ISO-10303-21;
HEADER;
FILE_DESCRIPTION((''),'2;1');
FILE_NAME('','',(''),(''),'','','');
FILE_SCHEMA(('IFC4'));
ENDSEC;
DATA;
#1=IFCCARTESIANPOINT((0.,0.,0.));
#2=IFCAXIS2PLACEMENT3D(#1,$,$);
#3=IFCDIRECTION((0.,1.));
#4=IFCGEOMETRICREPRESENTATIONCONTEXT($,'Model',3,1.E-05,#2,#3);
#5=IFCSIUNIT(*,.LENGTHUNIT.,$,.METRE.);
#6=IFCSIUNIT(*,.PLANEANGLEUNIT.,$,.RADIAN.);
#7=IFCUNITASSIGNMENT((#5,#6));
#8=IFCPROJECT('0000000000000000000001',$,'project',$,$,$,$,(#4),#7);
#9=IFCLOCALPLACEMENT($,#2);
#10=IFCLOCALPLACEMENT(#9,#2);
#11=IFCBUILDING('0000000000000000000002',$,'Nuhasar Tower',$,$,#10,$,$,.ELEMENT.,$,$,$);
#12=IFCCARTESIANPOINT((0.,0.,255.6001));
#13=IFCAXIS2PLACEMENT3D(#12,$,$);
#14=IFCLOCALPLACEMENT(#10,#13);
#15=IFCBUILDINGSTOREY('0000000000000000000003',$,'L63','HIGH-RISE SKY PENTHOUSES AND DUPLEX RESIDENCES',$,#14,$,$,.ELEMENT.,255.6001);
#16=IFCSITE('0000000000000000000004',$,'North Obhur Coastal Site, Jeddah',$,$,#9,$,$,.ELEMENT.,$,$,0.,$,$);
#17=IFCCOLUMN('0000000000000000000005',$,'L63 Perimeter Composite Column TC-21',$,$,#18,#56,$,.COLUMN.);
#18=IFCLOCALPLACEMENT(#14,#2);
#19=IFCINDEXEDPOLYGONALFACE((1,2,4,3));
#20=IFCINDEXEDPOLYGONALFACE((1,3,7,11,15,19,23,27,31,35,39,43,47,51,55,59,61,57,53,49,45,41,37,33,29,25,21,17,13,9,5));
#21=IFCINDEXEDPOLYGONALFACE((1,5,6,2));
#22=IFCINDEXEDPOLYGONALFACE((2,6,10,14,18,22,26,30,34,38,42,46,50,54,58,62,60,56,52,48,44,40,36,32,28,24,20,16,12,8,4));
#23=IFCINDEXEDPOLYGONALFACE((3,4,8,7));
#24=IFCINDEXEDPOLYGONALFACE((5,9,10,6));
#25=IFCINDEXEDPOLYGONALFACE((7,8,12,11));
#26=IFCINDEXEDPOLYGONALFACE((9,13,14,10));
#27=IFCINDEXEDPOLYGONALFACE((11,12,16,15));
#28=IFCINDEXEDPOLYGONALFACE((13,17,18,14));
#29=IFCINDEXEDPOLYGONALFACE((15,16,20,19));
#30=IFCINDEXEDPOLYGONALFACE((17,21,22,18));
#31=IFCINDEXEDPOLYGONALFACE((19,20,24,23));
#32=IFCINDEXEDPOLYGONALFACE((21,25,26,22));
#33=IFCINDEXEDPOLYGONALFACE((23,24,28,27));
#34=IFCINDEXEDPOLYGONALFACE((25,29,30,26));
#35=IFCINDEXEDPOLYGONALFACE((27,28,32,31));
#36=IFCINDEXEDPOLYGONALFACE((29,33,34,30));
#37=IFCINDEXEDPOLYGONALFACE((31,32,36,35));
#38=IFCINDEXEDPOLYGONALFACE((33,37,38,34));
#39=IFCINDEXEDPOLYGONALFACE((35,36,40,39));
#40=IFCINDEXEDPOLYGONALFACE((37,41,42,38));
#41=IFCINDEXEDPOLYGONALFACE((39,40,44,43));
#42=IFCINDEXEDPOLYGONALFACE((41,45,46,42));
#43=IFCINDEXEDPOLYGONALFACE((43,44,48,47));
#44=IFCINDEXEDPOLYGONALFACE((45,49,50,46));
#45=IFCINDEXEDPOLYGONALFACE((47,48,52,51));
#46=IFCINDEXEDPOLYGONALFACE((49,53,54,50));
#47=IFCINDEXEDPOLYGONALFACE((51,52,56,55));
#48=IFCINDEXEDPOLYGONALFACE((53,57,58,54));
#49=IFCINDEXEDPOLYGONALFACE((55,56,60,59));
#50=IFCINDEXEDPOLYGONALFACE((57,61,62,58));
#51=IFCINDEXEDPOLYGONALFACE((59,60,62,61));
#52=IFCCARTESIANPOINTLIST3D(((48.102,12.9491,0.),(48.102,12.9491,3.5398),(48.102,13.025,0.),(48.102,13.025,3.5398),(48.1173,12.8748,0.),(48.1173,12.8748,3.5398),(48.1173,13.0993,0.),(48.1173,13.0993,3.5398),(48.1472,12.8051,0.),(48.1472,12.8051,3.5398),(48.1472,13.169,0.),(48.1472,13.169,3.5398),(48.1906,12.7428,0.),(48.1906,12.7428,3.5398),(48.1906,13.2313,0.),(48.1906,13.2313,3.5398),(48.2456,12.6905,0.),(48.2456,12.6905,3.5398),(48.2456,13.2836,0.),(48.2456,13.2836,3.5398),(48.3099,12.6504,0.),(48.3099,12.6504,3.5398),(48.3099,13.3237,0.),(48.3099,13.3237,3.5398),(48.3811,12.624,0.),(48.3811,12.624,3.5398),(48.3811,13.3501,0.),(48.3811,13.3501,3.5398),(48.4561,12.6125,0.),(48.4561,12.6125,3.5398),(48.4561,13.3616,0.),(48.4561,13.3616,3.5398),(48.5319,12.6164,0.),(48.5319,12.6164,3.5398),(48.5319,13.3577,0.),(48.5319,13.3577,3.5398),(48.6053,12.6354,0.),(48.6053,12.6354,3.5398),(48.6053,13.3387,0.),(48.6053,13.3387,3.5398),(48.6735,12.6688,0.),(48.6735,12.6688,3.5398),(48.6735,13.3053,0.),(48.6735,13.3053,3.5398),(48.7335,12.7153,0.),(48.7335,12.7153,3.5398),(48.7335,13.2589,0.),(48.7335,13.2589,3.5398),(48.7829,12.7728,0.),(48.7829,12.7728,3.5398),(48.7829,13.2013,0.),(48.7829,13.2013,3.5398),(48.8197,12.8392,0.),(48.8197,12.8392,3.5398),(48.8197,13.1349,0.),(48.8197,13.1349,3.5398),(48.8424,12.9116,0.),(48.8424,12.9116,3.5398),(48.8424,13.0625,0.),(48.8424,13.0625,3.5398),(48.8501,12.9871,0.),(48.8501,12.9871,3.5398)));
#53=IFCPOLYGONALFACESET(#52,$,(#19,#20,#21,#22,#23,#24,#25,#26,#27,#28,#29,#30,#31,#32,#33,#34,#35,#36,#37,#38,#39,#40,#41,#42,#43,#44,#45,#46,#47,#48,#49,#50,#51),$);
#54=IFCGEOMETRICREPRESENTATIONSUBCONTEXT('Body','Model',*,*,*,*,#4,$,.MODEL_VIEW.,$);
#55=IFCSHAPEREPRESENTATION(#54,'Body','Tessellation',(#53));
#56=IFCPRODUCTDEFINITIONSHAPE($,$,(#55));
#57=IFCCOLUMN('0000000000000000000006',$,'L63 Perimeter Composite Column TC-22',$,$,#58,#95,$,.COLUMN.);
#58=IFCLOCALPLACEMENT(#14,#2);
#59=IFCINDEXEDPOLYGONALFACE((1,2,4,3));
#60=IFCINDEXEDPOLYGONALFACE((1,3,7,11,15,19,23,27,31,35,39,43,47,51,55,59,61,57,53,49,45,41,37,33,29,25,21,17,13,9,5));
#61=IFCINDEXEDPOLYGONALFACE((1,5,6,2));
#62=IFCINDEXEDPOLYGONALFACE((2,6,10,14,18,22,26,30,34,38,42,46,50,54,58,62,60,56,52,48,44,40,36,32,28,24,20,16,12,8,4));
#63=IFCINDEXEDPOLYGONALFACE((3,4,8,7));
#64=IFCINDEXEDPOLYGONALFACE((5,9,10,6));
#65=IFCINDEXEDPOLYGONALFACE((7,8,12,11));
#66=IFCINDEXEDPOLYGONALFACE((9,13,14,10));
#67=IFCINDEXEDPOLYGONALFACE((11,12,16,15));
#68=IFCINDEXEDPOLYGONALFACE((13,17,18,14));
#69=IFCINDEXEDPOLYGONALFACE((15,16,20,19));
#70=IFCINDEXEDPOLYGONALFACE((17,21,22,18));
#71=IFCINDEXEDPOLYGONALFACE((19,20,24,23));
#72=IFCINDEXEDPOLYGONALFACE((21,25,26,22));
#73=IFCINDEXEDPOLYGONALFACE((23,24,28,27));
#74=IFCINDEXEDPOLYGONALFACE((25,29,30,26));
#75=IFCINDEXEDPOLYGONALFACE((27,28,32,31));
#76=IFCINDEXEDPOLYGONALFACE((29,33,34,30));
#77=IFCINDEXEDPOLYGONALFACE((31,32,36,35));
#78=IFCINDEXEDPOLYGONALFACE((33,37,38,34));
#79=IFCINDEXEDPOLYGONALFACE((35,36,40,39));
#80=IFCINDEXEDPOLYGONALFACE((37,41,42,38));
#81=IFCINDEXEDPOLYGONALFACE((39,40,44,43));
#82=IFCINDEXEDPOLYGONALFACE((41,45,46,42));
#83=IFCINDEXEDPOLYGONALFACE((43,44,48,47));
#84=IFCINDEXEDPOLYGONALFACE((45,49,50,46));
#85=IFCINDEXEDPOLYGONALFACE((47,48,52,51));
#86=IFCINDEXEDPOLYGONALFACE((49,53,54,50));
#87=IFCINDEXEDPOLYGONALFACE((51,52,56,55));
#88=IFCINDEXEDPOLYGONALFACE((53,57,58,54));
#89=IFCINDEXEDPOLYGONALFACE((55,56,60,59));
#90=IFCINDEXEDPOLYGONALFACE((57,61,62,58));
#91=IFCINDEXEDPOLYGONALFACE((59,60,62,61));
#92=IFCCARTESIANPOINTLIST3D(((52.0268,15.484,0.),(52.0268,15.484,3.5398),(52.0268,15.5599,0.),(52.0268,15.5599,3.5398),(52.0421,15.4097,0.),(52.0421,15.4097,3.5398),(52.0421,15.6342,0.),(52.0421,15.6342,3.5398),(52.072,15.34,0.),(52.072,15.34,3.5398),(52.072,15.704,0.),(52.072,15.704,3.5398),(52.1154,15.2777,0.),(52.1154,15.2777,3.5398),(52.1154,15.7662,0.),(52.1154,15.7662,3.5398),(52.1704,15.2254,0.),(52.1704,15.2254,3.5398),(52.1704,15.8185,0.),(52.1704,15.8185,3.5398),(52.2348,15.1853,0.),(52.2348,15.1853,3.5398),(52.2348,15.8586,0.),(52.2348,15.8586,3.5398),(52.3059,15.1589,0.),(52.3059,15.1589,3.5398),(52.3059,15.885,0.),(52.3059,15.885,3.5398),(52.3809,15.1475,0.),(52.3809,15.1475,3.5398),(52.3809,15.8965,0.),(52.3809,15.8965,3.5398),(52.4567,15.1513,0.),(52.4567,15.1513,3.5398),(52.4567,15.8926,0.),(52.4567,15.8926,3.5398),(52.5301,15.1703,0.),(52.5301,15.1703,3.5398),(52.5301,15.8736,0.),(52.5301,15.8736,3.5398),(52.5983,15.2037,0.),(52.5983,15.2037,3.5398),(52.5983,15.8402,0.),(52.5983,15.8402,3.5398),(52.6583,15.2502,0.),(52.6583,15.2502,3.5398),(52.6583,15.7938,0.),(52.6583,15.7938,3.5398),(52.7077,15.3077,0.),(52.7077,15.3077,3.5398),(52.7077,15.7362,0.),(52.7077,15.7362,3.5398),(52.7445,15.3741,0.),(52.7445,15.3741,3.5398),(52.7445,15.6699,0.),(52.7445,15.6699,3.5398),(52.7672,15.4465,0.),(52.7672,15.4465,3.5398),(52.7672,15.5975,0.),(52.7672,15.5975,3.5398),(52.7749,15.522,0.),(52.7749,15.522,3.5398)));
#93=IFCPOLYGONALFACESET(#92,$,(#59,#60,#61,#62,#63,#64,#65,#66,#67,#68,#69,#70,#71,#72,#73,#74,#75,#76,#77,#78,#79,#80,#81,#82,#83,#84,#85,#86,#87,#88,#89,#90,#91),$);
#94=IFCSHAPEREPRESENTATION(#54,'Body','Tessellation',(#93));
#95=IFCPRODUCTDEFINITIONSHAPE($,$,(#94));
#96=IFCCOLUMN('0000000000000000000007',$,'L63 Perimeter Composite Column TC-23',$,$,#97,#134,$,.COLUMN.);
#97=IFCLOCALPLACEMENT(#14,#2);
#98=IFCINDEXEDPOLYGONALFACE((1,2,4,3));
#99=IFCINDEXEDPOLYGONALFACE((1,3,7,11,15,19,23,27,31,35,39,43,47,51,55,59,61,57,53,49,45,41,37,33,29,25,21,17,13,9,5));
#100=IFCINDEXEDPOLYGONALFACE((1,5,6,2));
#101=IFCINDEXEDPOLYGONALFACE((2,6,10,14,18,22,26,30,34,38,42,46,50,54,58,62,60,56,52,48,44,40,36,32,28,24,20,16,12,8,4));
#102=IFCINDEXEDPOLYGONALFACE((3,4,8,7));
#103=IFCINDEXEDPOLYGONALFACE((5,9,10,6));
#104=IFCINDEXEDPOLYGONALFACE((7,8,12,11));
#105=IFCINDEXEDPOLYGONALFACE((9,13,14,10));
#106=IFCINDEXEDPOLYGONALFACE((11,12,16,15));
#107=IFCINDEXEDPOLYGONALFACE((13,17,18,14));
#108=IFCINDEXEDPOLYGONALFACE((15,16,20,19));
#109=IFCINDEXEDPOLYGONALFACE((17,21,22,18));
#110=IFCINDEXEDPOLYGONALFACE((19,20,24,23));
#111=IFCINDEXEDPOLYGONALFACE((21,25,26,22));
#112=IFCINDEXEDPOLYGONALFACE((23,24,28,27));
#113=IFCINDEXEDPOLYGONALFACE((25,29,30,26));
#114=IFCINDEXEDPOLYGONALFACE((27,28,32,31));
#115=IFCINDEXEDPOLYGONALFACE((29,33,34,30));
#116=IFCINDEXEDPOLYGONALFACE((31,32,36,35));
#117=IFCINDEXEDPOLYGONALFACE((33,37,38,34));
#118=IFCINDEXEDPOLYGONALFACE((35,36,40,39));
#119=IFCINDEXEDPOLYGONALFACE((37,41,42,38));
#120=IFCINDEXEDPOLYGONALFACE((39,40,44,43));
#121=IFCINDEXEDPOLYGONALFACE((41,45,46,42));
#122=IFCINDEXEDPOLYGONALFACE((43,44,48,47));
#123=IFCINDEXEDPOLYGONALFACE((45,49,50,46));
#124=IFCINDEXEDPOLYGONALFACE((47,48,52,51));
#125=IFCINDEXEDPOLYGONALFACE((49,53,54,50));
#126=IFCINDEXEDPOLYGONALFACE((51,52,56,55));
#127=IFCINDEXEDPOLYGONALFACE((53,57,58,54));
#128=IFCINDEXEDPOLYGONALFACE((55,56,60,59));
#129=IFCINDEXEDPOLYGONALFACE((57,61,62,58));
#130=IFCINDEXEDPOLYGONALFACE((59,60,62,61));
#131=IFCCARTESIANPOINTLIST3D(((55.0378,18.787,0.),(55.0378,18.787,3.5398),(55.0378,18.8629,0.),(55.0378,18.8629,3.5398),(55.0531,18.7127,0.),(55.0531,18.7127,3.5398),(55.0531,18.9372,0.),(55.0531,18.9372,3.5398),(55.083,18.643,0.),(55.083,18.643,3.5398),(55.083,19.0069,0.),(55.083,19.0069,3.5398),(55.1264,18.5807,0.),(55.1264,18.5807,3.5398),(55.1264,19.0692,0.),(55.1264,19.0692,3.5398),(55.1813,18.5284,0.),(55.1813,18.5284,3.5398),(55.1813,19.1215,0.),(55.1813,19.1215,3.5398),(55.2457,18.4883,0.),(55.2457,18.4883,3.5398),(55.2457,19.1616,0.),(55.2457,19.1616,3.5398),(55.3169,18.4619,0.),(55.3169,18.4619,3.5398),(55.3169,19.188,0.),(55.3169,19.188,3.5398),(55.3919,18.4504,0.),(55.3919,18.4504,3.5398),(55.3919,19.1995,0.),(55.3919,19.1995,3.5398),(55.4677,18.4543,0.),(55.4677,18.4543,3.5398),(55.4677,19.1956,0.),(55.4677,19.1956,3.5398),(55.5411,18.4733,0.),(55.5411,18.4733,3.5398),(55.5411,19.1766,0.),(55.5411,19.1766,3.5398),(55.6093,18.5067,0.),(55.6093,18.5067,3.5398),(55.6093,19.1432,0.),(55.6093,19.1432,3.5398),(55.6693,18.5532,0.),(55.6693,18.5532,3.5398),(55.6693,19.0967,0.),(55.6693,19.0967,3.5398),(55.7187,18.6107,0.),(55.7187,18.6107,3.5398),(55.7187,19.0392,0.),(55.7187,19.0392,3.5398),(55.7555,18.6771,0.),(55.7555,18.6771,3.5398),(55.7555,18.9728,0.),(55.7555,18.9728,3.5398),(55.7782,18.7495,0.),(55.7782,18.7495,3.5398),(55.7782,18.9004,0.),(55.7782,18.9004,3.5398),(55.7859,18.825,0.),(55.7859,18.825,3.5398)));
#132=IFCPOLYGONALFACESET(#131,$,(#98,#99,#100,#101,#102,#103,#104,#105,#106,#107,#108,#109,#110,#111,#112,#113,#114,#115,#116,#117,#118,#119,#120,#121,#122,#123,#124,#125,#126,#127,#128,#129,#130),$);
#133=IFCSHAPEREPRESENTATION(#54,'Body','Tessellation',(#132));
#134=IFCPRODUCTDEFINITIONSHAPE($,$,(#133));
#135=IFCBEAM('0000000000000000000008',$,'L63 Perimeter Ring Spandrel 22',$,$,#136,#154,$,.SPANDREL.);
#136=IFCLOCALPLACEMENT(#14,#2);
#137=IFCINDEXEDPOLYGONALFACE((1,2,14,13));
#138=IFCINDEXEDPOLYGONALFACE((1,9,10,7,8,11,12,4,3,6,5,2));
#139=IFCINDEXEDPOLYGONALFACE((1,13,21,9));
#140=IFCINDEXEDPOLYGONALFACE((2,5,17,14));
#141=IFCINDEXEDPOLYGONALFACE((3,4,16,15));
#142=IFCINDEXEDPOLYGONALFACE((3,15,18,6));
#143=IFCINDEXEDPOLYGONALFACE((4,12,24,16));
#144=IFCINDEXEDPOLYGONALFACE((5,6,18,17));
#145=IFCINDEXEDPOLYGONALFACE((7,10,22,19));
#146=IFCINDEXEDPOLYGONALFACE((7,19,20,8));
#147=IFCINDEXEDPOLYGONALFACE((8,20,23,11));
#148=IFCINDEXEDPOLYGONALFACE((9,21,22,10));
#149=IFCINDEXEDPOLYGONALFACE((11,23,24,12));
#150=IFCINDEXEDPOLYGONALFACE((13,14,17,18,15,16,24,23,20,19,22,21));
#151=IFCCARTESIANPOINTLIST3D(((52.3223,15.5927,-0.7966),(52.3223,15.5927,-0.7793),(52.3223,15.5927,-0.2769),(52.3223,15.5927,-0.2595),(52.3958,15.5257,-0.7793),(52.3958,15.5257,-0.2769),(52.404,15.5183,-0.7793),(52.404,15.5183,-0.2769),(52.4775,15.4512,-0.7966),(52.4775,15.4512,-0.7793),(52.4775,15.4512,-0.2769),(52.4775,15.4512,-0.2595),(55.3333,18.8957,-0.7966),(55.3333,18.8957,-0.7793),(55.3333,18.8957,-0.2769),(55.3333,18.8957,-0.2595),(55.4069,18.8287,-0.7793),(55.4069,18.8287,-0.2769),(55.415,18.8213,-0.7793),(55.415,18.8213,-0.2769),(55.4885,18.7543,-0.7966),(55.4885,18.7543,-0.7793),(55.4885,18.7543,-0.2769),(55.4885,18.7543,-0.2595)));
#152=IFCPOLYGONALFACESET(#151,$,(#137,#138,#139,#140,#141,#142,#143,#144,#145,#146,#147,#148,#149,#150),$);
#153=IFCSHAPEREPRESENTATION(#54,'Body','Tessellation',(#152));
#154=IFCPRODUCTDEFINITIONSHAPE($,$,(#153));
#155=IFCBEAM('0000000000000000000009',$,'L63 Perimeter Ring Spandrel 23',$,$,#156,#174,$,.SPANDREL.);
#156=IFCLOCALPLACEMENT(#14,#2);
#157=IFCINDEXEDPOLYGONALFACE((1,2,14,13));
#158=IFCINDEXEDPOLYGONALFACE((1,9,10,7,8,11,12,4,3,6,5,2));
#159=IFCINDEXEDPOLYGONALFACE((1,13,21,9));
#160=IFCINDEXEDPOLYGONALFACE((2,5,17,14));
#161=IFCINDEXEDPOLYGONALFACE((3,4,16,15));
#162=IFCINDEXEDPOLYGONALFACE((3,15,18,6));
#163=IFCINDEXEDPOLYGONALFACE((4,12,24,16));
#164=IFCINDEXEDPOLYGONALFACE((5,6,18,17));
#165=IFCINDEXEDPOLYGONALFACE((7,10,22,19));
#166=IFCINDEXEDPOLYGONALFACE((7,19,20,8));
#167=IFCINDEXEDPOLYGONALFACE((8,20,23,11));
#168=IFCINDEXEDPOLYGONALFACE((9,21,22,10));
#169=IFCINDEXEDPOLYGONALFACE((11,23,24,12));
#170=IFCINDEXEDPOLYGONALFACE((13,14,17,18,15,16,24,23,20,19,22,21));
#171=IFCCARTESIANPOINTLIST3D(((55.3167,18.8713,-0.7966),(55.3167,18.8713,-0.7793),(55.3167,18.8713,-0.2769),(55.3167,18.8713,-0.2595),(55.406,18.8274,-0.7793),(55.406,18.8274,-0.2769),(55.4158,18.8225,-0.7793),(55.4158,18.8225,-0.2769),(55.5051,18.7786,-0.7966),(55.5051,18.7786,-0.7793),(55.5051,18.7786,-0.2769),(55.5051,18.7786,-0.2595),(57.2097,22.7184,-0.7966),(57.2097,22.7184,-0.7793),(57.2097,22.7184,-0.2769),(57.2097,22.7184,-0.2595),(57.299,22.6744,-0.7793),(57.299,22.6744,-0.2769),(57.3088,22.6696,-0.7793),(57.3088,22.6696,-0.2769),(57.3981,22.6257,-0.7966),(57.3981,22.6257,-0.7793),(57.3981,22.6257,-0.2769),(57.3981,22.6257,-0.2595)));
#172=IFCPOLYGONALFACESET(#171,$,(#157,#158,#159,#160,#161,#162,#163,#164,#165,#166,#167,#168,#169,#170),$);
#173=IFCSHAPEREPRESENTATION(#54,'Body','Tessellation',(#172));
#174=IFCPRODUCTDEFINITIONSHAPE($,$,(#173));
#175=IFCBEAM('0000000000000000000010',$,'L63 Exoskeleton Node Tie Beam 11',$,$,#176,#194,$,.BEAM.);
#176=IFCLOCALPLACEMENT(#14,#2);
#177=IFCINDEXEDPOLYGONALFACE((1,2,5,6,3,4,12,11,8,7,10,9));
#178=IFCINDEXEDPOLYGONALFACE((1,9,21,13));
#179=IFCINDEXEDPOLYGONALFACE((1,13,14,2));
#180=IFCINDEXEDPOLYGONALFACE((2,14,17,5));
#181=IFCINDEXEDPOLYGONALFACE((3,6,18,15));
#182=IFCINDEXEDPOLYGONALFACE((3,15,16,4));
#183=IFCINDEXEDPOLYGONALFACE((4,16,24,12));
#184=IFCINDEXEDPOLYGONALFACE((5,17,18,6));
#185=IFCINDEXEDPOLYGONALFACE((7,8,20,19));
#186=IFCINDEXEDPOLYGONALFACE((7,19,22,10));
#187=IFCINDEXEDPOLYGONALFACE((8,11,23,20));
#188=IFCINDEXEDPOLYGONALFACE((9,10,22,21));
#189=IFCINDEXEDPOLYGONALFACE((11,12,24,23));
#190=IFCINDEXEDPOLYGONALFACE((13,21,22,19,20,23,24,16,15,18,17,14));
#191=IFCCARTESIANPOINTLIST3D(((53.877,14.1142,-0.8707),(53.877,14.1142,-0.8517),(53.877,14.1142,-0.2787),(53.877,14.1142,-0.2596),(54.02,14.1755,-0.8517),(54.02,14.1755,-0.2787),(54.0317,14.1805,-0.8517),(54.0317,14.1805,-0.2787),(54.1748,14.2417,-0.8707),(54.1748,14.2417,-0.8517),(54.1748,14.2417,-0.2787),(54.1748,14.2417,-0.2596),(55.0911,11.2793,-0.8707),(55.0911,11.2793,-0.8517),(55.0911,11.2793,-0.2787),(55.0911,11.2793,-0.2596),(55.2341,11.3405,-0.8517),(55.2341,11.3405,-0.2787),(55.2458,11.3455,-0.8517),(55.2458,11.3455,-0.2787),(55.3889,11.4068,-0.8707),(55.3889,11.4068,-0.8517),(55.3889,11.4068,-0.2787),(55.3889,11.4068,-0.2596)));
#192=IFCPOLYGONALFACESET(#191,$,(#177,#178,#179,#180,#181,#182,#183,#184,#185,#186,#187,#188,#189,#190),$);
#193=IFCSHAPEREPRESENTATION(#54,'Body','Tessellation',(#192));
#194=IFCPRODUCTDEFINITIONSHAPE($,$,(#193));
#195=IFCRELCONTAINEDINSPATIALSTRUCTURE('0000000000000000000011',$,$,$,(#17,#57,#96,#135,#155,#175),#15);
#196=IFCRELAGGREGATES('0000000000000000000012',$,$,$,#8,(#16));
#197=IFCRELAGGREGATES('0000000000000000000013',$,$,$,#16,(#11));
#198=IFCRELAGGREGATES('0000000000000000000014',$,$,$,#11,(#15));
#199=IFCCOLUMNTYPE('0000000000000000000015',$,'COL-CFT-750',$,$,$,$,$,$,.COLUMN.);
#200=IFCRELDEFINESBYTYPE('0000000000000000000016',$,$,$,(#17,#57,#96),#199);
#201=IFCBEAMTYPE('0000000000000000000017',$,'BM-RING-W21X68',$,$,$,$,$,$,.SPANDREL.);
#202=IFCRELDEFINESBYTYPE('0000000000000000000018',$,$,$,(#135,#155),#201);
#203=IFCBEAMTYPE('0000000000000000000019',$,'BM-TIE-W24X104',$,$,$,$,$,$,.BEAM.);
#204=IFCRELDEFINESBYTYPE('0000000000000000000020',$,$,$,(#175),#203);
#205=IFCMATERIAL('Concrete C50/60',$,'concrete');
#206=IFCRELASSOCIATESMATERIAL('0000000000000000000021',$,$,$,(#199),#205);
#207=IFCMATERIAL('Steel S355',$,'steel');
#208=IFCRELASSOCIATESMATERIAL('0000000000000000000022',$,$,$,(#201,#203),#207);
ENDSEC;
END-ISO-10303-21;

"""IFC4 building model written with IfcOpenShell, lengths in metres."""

from ifc_helpers import new_model, si_unit, direction, frame, origin, origin_2d, place, context, subcontext, project, spatial, circle, i_section, extrude, material, material_profile, profile_set, type_object, element, save


model = new_model("IFC4")

# Units and contexts
model_context = context("Model", 3, precision=1e-05, world=origin(), true_north=direction((0.0, 1.0)))
body_context = subcontext(model_context, "Body", "Model", "MODEL_VIEW")
ifc_project = project(units=[si_unit("LENGTHUNIT", "METRE"), si_unit("PLANEANGLEUNIT", "RADIAN")], contexts=[model_context])

# Site, building, storey
site_placement = place(None, origin())
site = spatial("IfcSite", under=ifc_project, at=site_placement, Name="North Obhur Coastal Site, Jeddah", CompositionType="ELEMENT", RefElevation=0.0)
building_placement = place(site_placement, origin())
building = spatial("IfcBuilding", under=site, at=building_placement, Name="Nuhasar Tower", CompositionType="ELEMENT")
storey_placement = place(building_placement, frame((0.0, 0.0, 255.6001)))
storey = spatial("IfcBuildingStorey", under=building, at=storey_placement, Name="L63", Description="HIGH-RISE SKY PENTHOUSES AND DUPLEX RESIDENCES", CompositionType="ELEMENT", Elevation=255.6001)

# Columns
ifc_material_1 = material(Name="Concrete C50/60", Category="concrete")
ifc_material_profile_1 = material_profile(ifc_material_1, circle(Radius=0.375, at=origin_2d()), Name="CFT750")
ifc_profile_set_1 = profile_set([ifc_material_profile_1], Name="Concrete C50/60")
column_type = type_object("IfcColumnType", Name="COL-CFT-750", PredefinedType="COLUMN", material=ifc_profile_set_1)
for number, where, z_axis, x_axis, name in (
    (1, (48.4751, 12.9871, 0.0), (0.0, 0.0, 1.0), (1.0, 0.0, 0.0), "L63 Perimeter Composite Column TC-21"),
    (2, (52.3999, 15.522, 0.0), (0.0, 0.0, 1.0), (1.0, 0.0, 0.0), "L63 Perimeter Composite Column TC-22"),
    (3, (55.4109, 18.825, 0.0), (0.0, 0.0, 1.0), (1.0, 0.0, 0.0), "L63 Perimeter Composite Column TC-23"),
):
    element("IfcColumn", number, at=place(storey_placement, frame(where, z_axis=z_axis, x_axis=x_axis)), inside=storey, type_object=column_type, Name=name, PredefinedType="COLUMN", context=body_context, shape_type="SweptSolid", body=[
        extrude(circle(Radius=0.375, at=origin_2d()), origin(), (0.0, 0.0, 1.0), 3.5398),
    ])

# Beams
ifc_material_2 = material(Name="Steel S355", Category="steel")
ifc_material_profile_2 = material_profile(ifc_material_2, i_section(OverallWidth=0.21, OverallDepth=0.5371, WebThickness=0.011, FlangeThickness=0.0173, at=origin_2d()), Name="W21X68")
ifc_profile_set_2 = profile_set([ifc_material_profile_2], Name="Steel S355")
beam_type_1 = type_object("IfcBeamType", Name="BM-RING-W21X68", PredefinedType="SPANDREL", material=ifc_profile_set_2)
beam_1_placement = place(storey_placement, frame((52.3999, 15.522, -0.5281), z_axis=(0.673686, 0.739017, 0.0), x_axis=(-0.739017, 0.673686, 0.0)))
element("IfcBeam", 4, at=beam_1_placement, inside=storey, type_object=beam_type_1, Name="L63 Perimeter Ring Spandrel 22", PredefinedType="SPANDREL", context=body_context, shape_type="SweptSolid", body=[
    extrude(i_section(OverallWidth=0.21, OverallDepth=0.5371, WebThickness=0.011, FlangeThickness=0.0173, at=origin_2d()), origin(), (0.0, 0.0, 1.0), 4.4695),
])
beam_2_placement = place(storey_placement, frame((55.4109, 18.825, -0.5281), z_axis=(0.441511, 0.897256, 0.0), x_axis=(-0.897256, 0.441511, 0.0)))
element("IfcBeam", 5, at=beam_2_placement, inside=storey, type_object=beam_type_1, Name="L63 Perimeter Ring Spandrel 23", PredefinedType="SPANDREL", context=body_context, shape_type="SweptSolid", body=[
    extrude(i_section(OverallWidth=0.21, OverallDepth=0.5371, WebThickness=0.011, FlangeThickness=0.0173, at=origin_2d()), origin(), (0.0, 0.0, 1.0), 4.2876),
])
ifc_material_profile_3 = material_profile(ifc_material_2, i_section(OverallWidth=0.324, OverallDepth=0.6111, WebThickness=0.0127, FlangeThickness=0.019, at=origin_2d()), Name="W24X104")
ifc_profile_set_3 = profile_set([ifc_material_profile_3], Name="Steel S355")
beam_type_2 = type_object("IfcBeamType", Name="BM-TIE-W24X104", PredefinedType="BEAM", material=ifc_profile_set_3)
beam_3_placement = place(storey_placement, frame((54.0259, 14.178, -0.5652), z_axis=(0.39368, -0.919247, 0.0), x_axis=(0.919247, 0.39368, 0.0)))
element("IfcBeam", 6, at=beam_3_placement, inside=storey, type_object=beam_type_2, Name="L63 Exoskeleton Node Tie Beam 11", PredefinedType="BEAM", context=body_context, shape_type="SweptSolid", body=[
    extrude(i_section(OverallWidth=0.324, OverallDepth=0.6111, WebThickness=0.0127, FlangeThickness=0.019, at=origin_2d()), origin(), (0.0, 0.0, 1.0), 3.084),
])

save(model, "model.ifc")
